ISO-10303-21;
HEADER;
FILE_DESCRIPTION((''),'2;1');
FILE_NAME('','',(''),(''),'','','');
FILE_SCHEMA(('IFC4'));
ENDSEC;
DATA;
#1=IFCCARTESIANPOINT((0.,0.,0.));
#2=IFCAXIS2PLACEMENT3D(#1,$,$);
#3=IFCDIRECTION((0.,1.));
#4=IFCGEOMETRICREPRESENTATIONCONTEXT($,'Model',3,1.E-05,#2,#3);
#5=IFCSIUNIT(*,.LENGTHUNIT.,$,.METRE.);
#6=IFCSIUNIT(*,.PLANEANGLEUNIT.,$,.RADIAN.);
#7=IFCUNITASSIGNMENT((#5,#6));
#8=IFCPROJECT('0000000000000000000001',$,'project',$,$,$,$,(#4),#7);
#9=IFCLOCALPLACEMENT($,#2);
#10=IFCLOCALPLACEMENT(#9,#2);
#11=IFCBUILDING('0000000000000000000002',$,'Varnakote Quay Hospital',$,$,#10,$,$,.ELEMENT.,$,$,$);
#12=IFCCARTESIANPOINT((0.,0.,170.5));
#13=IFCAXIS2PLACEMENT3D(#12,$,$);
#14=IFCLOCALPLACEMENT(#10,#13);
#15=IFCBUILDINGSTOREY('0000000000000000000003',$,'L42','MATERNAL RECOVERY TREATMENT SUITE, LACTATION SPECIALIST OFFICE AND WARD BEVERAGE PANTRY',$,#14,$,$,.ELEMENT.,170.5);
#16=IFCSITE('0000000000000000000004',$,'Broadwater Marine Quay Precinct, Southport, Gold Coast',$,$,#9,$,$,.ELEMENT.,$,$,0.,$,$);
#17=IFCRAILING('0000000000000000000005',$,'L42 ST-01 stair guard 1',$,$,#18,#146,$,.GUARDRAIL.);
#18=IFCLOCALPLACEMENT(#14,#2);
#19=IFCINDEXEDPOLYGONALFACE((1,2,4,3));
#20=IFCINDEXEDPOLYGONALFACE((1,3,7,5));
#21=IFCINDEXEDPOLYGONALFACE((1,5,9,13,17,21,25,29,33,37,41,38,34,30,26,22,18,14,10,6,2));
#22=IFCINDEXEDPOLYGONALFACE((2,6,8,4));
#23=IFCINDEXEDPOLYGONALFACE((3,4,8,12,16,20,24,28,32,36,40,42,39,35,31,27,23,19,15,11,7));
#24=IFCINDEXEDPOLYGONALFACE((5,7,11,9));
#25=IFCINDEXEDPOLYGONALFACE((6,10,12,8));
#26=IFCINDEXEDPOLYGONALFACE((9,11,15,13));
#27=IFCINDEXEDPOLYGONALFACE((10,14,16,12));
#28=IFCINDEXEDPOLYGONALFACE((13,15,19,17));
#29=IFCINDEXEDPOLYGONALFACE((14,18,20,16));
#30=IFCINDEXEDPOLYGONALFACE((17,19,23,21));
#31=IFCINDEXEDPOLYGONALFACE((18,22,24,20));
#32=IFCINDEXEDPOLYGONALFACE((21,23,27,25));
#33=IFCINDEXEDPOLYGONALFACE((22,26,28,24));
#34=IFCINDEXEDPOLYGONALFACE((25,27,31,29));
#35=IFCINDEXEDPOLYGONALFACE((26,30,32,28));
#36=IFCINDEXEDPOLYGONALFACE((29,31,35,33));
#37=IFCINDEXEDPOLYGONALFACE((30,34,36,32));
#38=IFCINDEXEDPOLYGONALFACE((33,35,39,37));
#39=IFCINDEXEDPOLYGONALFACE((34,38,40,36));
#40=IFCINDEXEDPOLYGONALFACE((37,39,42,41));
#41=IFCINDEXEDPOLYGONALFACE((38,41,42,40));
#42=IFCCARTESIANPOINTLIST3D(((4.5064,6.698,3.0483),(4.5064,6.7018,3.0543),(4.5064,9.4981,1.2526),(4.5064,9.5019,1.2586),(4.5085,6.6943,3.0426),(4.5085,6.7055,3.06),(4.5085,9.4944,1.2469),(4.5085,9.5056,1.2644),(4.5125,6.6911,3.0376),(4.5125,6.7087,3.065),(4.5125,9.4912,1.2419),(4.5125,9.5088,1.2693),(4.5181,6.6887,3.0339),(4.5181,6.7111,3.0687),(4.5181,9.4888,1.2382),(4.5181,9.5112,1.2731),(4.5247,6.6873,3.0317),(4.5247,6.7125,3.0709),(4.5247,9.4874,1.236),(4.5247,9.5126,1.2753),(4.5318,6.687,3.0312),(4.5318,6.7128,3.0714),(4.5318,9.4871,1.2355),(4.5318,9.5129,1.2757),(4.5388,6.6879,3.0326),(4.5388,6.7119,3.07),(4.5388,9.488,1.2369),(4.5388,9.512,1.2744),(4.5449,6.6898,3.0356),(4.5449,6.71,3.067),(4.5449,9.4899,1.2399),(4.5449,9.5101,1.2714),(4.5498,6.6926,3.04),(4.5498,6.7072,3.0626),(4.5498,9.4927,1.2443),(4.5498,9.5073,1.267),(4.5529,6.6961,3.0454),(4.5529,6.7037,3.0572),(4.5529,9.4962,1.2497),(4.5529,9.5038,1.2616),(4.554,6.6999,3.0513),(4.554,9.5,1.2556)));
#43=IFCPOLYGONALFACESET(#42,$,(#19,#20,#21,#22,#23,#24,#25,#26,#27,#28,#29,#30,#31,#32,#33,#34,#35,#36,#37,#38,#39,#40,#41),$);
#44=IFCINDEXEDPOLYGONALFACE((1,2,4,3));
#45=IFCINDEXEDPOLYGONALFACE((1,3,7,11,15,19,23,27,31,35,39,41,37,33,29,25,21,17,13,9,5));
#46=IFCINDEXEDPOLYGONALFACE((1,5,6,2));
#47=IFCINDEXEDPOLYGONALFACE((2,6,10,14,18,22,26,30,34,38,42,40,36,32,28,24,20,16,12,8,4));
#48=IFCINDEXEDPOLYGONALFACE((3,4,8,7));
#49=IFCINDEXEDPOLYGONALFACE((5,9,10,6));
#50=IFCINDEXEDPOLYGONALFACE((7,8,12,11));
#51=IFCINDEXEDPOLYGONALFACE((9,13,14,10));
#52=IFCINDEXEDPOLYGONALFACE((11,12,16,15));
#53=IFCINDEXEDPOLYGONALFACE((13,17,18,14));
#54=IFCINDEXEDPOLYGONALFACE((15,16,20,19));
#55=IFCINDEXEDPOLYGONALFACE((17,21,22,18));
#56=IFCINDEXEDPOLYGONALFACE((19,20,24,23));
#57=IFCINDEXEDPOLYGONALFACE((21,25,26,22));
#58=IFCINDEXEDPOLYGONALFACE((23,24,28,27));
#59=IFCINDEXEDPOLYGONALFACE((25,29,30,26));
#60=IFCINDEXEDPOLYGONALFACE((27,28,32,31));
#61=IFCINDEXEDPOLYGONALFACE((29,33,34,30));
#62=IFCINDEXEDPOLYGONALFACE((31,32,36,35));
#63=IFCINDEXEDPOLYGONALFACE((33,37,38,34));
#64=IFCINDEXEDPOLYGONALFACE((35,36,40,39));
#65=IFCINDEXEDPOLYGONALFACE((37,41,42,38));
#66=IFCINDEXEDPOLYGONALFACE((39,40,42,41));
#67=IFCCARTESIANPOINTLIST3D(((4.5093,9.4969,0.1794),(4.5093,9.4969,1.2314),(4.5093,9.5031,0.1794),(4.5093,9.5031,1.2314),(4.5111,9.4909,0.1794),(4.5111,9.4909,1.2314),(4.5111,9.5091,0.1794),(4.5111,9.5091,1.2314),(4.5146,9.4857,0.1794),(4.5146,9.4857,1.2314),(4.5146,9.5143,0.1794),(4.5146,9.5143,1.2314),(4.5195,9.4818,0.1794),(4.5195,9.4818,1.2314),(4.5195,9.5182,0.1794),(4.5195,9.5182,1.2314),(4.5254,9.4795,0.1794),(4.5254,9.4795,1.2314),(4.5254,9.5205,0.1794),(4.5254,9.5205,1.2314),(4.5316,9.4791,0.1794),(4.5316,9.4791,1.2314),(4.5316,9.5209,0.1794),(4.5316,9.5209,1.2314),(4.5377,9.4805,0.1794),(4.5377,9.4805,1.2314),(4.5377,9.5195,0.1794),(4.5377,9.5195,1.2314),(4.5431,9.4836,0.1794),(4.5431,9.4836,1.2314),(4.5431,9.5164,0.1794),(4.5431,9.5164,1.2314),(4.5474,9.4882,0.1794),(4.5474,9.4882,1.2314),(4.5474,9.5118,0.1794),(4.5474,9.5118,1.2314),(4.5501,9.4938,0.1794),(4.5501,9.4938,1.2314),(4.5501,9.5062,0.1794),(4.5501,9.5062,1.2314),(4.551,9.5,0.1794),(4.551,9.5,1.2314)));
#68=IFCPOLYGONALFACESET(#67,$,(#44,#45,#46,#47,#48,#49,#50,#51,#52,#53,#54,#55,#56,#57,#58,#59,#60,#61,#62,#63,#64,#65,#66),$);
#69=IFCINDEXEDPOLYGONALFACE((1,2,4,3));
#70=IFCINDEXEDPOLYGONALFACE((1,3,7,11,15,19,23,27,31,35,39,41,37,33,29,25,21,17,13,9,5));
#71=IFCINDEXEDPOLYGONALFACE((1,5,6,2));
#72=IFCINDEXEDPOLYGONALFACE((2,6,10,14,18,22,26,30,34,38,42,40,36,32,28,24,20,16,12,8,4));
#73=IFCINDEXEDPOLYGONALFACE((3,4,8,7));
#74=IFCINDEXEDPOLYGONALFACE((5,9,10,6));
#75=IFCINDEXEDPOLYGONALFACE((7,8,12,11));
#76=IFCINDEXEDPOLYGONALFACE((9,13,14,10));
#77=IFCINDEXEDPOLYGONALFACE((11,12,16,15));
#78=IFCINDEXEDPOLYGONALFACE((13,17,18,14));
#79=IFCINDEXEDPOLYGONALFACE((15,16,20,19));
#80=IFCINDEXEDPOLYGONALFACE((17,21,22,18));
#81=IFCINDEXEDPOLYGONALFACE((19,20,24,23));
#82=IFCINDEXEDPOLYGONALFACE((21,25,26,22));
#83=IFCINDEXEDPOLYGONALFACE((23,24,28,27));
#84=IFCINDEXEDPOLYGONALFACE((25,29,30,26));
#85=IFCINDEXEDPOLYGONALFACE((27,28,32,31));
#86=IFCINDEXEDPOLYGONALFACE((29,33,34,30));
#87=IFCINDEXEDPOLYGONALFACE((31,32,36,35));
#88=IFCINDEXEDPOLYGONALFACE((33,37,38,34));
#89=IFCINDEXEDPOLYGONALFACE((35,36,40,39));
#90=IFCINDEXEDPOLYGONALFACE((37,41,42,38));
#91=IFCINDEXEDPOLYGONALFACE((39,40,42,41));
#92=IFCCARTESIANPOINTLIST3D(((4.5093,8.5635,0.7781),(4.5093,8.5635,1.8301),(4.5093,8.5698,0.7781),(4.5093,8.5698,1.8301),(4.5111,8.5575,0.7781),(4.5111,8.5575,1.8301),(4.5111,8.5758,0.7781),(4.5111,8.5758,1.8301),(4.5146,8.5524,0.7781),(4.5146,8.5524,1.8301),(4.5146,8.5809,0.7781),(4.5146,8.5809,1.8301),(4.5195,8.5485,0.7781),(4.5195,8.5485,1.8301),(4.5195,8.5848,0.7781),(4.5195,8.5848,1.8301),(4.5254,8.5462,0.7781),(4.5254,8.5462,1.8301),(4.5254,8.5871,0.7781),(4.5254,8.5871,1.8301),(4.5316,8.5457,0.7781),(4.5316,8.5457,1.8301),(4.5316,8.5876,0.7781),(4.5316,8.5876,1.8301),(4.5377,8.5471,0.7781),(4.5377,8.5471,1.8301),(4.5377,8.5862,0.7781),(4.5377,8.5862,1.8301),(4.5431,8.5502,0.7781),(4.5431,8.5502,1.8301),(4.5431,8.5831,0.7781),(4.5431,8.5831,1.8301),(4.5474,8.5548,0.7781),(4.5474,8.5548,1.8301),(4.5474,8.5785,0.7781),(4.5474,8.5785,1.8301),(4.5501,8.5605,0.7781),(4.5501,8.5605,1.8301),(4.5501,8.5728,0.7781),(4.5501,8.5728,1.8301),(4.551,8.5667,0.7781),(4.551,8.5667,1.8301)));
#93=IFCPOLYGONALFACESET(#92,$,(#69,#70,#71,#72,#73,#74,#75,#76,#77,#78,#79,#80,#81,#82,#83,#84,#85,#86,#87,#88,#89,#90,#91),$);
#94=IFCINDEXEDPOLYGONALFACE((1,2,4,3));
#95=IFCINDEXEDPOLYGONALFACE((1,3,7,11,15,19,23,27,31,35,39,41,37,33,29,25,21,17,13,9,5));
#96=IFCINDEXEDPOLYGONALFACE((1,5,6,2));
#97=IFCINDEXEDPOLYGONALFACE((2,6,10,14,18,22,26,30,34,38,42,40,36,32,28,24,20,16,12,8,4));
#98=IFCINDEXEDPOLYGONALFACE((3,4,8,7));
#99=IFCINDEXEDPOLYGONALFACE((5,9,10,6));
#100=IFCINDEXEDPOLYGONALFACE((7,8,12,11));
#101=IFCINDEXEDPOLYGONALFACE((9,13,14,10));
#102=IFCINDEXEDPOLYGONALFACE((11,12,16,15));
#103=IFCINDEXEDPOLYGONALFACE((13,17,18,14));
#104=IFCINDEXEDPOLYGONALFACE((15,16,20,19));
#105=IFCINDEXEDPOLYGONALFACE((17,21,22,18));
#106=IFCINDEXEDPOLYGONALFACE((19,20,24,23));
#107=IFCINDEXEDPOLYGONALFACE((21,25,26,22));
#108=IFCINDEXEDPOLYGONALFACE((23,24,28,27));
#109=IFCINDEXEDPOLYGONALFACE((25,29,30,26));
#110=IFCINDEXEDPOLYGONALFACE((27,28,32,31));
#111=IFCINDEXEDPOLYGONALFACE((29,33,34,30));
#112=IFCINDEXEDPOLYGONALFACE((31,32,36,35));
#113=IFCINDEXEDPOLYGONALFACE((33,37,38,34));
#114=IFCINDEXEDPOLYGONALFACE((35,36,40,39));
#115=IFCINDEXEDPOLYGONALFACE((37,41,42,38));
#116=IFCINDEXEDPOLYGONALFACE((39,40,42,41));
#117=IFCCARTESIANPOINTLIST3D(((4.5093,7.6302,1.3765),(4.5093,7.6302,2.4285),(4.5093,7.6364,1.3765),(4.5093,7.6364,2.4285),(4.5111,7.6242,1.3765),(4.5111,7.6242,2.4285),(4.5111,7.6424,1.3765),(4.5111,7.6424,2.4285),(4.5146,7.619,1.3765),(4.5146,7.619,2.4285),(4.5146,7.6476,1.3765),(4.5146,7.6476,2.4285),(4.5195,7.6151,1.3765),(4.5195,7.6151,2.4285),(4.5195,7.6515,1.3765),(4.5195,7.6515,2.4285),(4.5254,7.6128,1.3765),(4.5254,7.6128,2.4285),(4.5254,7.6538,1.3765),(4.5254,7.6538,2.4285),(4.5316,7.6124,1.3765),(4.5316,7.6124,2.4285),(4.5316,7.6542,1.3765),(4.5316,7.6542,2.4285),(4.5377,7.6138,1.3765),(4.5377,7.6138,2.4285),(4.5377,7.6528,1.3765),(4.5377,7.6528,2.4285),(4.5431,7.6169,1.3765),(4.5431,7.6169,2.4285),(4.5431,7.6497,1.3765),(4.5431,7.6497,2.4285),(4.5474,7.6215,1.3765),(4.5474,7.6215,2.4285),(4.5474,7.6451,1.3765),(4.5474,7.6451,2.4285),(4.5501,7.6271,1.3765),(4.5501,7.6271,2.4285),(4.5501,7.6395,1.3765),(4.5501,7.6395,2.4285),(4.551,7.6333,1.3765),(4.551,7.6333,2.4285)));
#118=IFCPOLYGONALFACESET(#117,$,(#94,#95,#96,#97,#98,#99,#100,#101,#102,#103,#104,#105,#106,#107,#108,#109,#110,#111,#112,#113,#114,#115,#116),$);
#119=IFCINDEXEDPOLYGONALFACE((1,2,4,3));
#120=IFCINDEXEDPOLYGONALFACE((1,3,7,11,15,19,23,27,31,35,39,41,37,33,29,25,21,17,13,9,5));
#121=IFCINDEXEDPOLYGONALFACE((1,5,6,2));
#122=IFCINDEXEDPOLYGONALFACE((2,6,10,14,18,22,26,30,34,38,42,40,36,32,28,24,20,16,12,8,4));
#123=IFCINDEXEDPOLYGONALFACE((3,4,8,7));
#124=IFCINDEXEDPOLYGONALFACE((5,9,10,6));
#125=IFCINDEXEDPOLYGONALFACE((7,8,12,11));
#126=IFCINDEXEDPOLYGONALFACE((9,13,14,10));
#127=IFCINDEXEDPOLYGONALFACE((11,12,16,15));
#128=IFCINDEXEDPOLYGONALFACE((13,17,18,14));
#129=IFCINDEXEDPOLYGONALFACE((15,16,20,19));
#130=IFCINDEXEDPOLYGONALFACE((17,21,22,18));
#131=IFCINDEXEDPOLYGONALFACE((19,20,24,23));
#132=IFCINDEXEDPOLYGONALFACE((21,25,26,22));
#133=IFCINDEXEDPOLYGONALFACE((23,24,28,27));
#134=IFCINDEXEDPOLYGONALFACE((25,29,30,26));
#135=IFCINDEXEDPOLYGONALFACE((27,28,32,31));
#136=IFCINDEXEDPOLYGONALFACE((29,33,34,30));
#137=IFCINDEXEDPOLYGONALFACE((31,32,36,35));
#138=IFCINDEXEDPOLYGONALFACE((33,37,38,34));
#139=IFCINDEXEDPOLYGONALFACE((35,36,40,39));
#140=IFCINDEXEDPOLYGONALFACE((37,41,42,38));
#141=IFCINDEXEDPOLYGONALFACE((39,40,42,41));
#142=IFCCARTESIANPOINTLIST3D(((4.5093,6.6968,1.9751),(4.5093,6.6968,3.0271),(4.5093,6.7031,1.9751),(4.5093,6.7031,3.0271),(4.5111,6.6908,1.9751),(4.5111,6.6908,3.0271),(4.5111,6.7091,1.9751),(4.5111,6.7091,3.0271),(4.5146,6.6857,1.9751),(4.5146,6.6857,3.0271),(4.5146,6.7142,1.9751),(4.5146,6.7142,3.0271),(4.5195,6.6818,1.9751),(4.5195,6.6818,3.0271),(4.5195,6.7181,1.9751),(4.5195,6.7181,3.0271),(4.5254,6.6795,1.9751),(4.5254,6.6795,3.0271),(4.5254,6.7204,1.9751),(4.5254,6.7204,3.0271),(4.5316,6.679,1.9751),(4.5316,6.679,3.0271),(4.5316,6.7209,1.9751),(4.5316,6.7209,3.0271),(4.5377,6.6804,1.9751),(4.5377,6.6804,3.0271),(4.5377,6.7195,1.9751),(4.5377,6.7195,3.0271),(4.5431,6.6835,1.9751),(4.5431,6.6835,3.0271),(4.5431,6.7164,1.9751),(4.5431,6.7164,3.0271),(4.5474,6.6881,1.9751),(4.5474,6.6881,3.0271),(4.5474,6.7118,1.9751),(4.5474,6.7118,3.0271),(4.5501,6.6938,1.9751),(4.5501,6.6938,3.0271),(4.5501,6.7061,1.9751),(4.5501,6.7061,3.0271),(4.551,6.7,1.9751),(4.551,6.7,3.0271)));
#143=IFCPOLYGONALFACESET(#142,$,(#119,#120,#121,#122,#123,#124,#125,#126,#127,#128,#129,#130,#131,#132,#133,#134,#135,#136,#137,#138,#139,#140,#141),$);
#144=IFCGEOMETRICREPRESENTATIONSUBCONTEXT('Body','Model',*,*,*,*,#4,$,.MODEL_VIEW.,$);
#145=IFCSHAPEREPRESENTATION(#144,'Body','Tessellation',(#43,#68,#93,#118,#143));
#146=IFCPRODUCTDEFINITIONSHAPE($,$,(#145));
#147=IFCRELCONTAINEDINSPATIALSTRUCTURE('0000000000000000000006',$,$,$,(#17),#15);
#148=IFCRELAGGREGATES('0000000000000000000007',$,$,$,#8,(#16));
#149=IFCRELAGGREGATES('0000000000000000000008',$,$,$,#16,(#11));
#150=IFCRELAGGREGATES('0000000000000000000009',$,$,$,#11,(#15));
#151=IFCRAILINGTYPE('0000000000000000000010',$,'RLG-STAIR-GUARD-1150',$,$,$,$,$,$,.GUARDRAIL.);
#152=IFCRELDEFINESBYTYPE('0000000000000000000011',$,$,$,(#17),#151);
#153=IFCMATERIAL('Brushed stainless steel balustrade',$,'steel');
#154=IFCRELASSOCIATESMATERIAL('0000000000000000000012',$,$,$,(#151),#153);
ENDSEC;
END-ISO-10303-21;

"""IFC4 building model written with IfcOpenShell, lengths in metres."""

from ifc_helpers import new_model, si_unit, direction, frame, origin, origin_2d, place, context, subcontext, project, spatial, circle, extrude, material, type_object, element, save


model = new_model("IFC4")

# Units and contexts
model_context = context("Model", 3, precision=1e-05, world=origin(), true_north=direction((0.0, 1.0)))
body_context = subcontext(model_context, "Body", "Model", "MODEL_VIEW")
ifc_project = project(units=[si_unit("LENGTHUNIT", "METRE"), si_unit("PLANEANGLEUNIT", "RADIAN")], contexts=[model_context])

# Site, building, storey
site_placement = place(None, origin())
site = spatial("IfcSite", under=ifc_project, at=site_placement, Name="Broadwater Marine Quay Precinct, Southport, Gold Coast", CompositionType="ELEMENT", RefElevation=0.0)
building_placement = place(site_placement, origin())
building = spatial("IfcBuilding", under=site, at=building_placement, Name="Varnakote Quay Hospital", CompositionType="ELEMENT")
storey_placement = place(building_placement, frame((0.0, 0.0, 170.5)))
storey = spatial("IfcBuildingStorey", under=building, at=storey_placement, Name="L42", Description="MATERNAL RECOVERY TREATMENT SUITE, LACTATION SPECIALIST OFFICE AND WARD BEVERAGE PANTRY", CompositionType="ELEMENT", Elevation=170.5)

# Railing
ifc_material_1 = material(Name="Brushed stainless steel balustrade", Category="steel")
railing_type_1 = type_object("IfcRailingType", Name="RLG-STAIR-GUARD-1150", PredefinedType="GUARDRAIL", material=ifc_material_1)
railing_1_placement = place(storey_placement, frame((4.53, 9.5, 0.1794)))
element("IfcRailing", 1, at=railing_1_placement, inside=storey, type_object=railing_type_1, Name="L42 ST-01 stair guard 1", PredefinedType="GUARDRAIL", context=body_context, shape_type="SweptSolid", body=[
    extrude(circle(Radius=0.0239, at=origin_2d()), frame((0.0, 0.0, 1.0762), z_axis=(0.0, -0.841777, 0.539826), x_axis=(1.0, 0.0, 0.0)), (0.0, 0.0, 1.0), 3.3264),
    extrude(circle(Radius=0.021, at=origin_2d()), origin(), (0.0, 0.0, 1.0), 1.052),
    extrude(circle(Radius=0.021, at=origin_2d()), frame((0.0, -0.9333, 0.5986)), (0.0, 0.0, 1.0), 1.052),
    extrude(circle(Radius=0.021, at=origin_2d()), frame((0.0, -1.8667, 1.197)), (0.0, 0.0, 1.0), 1.052),
    extrude(circle(Radius=0.021, at=origin_2d()), frame((0.0, -2.8, 1.7957)), (0.0, 0.0, 1.0), 1.052),
])

save(model, "model.ifc")
